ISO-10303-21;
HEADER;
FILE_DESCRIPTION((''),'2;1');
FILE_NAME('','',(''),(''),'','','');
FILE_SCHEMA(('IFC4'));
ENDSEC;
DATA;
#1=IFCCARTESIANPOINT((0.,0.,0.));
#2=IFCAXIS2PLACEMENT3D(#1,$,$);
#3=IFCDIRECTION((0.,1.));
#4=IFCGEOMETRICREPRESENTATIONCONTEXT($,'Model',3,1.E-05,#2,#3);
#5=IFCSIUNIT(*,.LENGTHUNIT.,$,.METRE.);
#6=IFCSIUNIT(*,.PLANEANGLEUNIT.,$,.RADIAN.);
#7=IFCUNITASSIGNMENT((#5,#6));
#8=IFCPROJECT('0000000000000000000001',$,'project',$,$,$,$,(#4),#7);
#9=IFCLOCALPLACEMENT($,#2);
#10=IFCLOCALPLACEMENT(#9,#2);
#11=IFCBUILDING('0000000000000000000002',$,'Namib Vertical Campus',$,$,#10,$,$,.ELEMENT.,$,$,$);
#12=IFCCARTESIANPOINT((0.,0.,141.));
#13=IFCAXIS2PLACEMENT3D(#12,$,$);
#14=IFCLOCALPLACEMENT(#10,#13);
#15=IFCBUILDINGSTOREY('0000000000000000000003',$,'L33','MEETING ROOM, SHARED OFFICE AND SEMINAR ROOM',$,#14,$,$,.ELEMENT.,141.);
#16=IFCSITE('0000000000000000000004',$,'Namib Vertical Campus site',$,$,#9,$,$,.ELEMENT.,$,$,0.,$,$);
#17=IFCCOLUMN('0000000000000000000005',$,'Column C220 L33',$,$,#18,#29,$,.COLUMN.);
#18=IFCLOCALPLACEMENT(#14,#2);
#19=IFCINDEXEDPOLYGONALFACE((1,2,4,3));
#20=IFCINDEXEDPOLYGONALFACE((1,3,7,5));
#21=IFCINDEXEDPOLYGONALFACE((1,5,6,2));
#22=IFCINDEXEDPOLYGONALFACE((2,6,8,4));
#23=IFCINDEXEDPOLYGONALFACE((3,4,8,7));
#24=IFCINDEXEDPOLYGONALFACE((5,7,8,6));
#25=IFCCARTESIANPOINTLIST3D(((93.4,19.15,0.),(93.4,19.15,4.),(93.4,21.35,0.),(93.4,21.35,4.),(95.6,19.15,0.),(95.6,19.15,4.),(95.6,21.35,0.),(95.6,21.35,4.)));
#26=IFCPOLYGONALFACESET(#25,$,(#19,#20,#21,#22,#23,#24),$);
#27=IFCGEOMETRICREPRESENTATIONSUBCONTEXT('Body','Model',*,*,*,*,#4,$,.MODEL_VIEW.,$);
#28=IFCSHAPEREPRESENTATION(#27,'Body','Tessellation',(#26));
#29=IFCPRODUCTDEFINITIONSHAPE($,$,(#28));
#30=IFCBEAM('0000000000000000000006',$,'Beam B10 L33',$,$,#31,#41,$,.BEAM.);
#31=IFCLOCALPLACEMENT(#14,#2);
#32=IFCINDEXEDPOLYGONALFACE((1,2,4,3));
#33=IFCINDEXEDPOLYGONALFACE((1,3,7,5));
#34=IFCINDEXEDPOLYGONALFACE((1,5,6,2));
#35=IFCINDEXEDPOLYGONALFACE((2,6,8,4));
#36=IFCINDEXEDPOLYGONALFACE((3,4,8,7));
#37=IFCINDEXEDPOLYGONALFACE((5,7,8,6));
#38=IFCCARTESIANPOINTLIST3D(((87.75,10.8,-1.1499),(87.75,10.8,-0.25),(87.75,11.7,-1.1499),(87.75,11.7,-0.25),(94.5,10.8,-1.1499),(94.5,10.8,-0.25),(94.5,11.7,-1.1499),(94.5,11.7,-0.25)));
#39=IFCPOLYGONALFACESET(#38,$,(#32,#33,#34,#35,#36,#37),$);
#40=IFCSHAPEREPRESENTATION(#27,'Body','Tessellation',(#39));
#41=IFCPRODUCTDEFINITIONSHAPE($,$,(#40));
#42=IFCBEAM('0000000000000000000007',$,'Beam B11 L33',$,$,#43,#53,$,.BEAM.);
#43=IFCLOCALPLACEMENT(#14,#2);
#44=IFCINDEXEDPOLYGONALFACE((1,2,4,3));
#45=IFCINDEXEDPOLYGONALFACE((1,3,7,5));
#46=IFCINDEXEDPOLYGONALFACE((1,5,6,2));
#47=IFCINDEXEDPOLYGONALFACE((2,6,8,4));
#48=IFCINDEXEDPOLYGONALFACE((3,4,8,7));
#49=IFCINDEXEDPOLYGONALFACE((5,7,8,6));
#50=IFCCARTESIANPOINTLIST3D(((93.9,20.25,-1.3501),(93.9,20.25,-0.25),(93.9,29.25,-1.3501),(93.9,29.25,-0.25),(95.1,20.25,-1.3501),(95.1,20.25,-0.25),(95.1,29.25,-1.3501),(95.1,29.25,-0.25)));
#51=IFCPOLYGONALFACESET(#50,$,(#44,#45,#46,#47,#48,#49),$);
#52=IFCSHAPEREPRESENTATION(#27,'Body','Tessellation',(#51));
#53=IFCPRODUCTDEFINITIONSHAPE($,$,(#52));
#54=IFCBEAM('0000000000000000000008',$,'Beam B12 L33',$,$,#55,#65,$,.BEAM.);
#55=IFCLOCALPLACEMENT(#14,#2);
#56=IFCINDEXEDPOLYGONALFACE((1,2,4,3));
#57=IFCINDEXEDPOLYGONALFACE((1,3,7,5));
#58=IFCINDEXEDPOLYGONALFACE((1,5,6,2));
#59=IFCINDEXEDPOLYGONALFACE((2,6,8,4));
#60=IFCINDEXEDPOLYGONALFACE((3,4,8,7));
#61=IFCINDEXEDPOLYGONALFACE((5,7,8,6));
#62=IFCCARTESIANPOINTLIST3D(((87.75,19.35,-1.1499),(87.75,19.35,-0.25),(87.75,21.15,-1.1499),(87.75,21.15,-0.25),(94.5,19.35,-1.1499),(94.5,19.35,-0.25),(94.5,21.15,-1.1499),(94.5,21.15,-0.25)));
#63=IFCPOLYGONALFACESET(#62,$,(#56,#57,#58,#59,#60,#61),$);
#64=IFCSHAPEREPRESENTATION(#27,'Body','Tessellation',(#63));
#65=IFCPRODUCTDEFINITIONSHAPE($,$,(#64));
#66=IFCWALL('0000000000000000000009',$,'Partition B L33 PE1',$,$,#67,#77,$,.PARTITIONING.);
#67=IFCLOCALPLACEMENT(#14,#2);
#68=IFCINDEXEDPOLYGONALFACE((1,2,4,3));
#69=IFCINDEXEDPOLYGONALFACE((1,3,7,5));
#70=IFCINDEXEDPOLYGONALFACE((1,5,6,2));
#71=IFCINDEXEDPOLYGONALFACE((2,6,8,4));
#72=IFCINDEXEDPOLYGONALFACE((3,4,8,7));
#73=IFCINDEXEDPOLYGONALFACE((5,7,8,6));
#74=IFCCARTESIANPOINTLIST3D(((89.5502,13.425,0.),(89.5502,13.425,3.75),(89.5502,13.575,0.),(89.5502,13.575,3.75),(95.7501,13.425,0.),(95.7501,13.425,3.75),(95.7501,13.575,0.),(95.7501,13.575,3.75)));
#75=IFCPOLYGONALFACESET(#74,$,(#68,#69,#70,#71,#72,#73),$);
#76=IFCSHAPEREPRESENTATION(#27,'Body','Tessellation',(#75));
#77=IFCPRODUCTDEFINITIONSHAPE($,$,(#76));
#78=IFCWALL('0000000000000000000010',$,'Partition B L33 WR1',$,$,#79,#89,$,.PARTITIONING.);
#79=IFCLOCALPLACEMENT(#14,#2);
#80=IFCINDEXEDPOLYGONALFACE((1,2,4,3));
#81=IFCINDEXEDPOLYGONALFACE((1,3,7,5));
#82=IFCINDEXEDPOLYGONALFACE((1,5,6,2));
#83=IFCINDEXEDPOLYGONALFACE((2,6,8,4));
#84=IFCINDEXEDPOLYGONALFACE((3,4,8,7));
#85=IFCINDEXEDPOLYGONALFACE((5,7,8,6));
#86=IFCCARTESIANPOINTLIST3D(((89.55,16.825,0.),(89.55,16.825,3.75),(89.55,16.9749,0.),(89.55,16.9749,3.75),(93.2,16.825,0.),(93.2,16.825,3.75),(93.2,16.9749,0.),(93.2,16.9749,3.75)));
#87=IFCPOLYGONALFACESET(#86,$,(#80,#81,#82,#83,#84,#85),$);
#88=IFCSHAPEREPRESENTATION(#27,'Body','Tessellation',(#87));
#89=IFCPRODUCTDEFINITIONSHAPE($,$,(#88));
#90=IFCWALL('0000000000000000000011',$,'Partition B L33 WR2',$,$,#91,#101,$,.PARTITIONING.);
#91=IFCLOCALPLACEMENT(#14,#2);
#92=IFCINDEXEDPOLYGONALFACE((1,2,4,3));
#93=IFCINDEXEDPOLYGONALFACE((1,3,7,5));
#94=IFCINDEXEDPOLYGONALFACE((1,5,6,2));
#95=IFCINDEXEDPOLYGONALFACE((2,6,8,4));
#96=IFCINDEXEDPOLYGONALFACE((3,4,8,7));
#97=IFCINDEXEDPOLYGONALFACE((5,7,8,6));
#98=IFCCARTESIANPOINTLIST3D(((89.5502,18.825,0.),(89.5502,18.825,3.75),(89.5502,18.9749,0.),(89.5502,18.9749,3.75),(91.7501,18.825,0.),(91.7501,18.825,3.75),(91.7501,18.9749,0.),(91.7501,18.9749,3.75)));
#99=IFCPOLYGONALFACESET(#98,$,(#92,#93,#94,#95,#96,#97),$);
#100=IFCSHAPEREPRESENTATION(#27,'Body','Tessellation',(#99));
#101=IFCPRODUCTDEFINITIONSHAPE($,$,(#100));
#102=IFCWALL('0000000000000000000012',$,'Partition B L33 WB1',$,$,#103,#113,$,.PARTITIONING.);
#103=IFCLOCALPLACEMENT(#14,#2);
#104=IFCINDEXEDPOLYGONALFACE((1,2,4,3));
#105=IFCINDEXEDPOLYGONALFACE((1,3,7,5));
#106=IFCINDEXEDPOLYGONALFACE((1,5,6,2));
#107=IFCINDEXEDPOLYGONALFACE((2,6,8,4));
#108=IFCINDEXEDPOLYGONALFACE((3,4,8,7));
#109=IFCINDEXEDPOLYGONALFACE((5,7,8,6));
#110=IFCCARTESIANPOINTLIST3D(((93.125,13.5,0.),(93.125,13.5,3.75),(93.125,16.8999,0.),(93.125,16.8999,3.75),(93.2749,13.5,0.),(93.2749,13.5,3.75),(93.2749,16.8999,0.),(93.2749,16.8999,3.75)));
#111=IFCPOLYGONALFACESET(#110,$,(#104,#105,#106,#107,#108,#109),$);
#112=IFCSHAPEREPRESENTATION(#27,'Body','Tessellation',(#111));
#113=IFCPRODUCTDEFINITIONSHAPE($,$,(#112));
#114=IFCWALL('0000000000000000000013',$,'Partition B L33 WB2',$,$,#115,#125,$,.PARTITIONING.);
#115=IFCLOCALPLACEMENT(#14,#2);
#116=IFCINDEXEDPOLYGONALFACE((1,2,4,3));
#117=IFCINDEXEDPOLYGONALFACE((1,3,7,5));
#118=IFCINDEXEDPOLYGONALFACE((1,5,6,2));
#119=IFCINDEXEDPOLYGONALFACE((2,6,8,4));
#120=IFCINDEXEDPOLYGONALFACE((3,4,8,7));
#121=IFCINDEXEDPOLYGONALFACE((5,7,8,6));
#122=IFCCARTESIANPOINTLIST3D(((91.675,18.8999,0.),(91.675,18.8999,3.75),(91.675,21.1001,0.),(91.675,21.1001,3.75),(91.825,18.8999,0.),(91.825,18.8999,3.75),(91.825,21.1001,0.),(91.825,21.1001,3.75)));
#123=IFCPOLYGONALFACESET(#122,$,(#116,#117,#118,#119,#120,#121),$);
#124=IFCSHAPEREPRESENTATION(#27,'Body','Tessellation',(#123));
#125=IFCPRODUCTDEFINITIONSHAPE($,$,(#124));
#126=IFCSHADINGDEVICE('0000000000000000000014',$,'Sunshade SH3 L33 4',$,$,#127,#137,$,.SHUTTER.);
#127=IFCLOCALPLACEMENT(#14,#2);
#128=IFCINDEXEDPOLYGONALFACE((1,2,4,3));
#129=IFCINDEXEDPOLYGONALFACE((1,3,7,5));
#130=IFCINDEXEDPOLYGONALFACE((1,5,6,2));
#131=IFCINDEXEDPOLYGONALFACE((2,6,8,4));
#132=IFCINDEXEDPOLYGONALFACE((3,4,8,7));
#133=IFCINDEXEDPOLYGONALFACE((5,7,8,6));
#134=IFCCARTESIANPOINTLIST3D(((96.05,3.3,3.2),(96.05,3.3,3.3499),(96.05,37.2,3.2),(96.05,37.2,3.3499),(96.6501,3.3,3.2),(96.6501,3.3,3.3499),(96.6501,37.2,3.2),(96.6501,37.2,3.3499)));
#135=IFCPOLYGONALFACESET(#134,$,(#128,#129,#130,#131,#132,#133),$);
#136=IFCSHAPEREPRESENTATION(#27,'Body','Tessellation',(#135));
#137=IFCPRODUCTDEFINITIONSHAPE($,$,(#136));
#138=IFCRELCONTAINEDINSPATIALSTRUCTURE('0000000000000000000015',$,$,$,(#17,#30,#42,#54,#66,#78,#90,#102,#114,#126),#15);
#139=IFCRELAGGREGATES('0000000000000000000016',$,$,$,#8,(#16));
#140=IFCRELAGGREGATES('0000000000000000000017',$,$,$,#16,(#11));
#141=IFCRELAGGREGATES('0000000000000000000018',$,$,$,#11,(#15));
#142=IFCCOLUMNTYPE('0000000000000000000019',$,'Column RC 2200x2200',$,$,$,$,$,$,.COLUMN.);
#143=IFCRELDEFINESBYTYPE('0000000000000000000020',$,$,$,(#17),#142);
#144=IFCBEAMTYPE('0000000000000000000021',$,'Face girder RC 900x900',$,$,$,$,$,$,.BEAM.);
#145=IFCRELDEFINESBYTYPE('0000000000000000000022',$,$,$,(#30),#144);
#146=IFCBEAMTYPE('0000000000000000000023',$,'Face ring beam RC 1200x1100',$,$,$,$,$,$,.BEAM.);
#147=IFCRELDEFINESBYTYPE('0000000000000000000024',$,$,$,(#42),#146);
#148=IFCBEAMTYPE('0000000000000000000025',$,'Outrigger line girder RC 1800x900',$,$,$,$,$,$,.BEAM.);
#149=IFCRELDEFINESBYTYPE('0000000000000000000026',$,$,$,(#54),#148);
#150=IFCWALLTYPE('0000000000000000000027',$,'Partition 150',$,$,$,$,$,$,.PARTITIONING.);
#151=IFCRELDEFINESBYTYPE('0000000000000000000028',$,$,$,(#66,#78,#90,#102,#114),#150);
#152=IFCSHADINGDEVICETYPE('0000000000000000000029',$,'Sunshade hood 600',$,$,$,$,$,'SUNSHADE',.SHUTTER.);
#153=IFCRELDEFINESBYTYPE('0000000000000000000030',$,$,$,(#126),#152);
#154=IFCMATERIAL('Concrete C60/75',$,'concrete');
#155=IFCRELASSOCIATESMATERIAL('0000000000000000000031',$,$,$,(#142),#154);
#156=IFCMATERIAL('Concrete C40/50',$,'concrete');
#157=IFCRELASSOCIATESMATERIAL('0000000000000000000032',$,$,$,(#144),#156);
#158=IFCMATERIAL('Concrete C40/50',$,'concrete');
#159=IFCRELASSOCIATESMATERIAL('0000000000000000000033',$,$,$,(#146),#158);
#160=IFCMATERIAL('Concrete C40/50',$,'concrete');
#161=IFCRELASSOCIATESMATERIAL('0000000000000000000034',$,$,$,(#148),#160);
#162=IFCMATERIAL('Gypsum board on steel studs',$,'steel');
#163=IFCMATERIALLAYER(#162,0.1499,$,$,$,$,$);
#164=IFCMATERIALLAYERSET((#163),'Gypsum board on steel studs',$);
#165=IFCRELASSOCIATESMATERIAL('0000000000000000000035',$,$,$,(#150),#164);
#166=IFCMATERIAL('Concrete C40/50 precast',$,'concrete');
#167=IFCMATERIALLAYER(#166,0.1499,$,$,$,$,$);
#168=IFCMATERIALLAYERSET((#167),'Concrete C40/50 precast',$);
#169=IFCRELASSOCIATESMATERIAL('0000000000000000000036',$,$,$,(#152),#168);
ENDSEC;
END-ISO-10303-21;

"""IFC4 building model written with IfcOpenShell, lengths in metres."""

from ifc_helpers import new_model, si_unit, direction, frame, frame_2d, origin, origin_2d, place, context, subcontext, project, spatial, rectangle, extrude, material, layer, layer_set, material_profile, profile_set, type_object, element, save


model = new_model("IFC4")

# Units and contexts
model_context = context("Model", 3, precision=1e-05, world=origin(), true_north=direction((0.0, 1.0)))
body_context = subcontext(model_context, "Body", "Model", "MODEL_VIEW")
ifc_project = project(units=[si_unit("LENGTHUNIT", "METRE"), si_unit("PLANEANGLEUNIT", "RADIAN")], contexts=[model_context])

# Site, building, storey
site_placement = place(None, origin())
site = spatial("IfcSite", under=ifc_project, at=site_placement, Name="Namib Vertical Campus site", CompositionType="ELEMENT", RefElevation=0.0)
building_placement = place(site_placement, origin())
building = spatial("IfcBuilding", under=site, at=building_placement, Name="Namib Vertical Campus", CompositionType="ELEMENT")
storey_placement = place(building_placement, frame((0.0, 0.0, 141.0)))
storey = spatial("IfcBuildingStorey", under=building, at=storey_placement, Name="L33", Description="MEETING ROOM, SHARED OFFICE AND SEMINAR ROOM", CompositionType="ELEMENT", Elevation=141.0)

# Column
ifc_material_1 = material(Name="Concrete C60/75", Category="concrete")
ifc_material_profile_1 = material_profile(ifc_material_1, rectangle(XDim=2.2, YDim=2.2, at=origin_2d()))
ifc_profile_set_1 = profile_set([ifc_material_profile_1], Name="Concrete C60/75")
column_type = type_object("IfcColumnType", Name="Column RC 2200x2200", PredefinedType="COLUMN", material=ifc_profile_set_1)
column_placement = place(storey_placement, frame((94.5, 20.25, 0.0), z_axis=(0.0, 0.0, 1.0), x_axis=(1.0, 0.0, 0.0)))
element("IfcColumn", 1, at=column_placement, inside=storey, type_object=column_type, Name="Column C220 L33", PredefinedType="COLUMN", context=body_context, shape_type="SweptSolid", body=[
    extrude(rectangle(XDim=2.2, YDim=2.2, at=origin_2d()), origin(), (0.0, 0.0, 1.0), 4.0),
])

# Beams
ifc_material_2 = material(Name="Concrete C40/50", Category="concrete")
ifc_material_profile_2 = material_profile(ifc_material_2, rectangle(XDim=0.8999, YDim=0.8999, at=origin_2d()))
ifc_profile_set_2 = profile_set([ifc_material_profile_2], Name="Concrete C40/50")
beam_type_1 = type_object("IfcBeamType", Name="Face girder RC 900x900", PredefinedType="BEAM", material=ifc_profile_set_2)
beam_1_placement = place(storey_placement, frame((94.5, 11.25, -0.7), z_axis=(-1.0, 0.0, 0.0), x_axis=(0.0, -1.0, 0.0)))
element("IfcBeam", 2, at=beam_1_placement, inside=storey, type_object=beam_type_1, Name="Beam B10 L33", PredefinedType="BEAM", context=body_context, shape_type="SweptSolid", body=[
    extrude(rectangle(XDim=0.8999, YDim=0.8999, at=origin_2d()), origin(), (0.0, 0.0, 1.0), 6.75),
])
ifc_material_3 = material(Name="Concrete C40/50", Category="concrete")
ifc_material_profile_3 = material_profile(ifc_material_3, rectangle(XDim=1.2, YDim=1.1001, at=origin_2d()))
ifc_profile_set_3 = profile_set([ifc_material_profile_3], Name="Concrete C40/50")
beam_type_2 = type_object("IfcBeamType", Name="Face ring beam RC 1200x1100", PredefinedType="BEAM", material=ifc_profile_set_3)
beam_2_placement = place(storey_placement, frame((94.5, 20.25, -0.8), z_axis=(0.0, 1.0, 0.0), x_axis=(-1.0, 0.0, 0.0)))
element("IfcBeam", 3, at=beam_2_placement, inside=storey, type_object=beam_type_2, Name="Beam B11 L33", PredefinedType="BEAM", context=body_context, shape_type="SweptSolid", body=[
    extrude(rectangle(XDim=1.2, YDim=1.1001, at=origin_2d()), origin(), (0.0, 0.0, 1.0), 9.0),
])
ifc_material_4 = material(Name="Concrete C40/50", Category="concrete")
ifc_material_profile_4 = material_profile(ifc_material_4, rectangle(XDim=1.8, YDim=0.8999, at=origin_2d()))
ifc_profile_set_4 = profile_set([ifc_material_profile_4], Name="Concrete C40/50")
beam_type_3 = type_object("IfcBeamType", Name="Outrigger line girder RC 1800x900", PredefinedType="BEAM", material=ifc_profile_set_4)
beam_3_placement = place(storey_placement, frame((94.5, 20.25, -0.7), z_axis=(-1.0, 0.0, 0.0), x_axis=(0.0, -1.0, 0.0)))
element("IfcBeam", 4, at=beam_3_placement, inside=storey, type_object=beam_type_3, Name="Beam B12 L33", PredefinedType="BEAM", context=body_context, shape_type="SweptSolid", body=[
    extrude(rectangle(XDim=1.8, YDim=0.8999, at=origin_2d()), origin(), (0.0, 0.0, 1.0), 6.75),
])

# Walls
ifc_material_5 = material(Name="Gypsum board on steel studs", Category="steel")
ifc_layer_1 = layer(ifc_material_5, 0.1499)
ifc_layer_set_1 = layer_set([ifc_layer_1], Name="Gypsum board on steel studs")
wall_type = type_object("IfcWallType", Name="Partition 150", PredefinedType="PARTITIONING", material=ifc_layer_set_1)
wall_1_placement = place(storey_placement, frame((89.55, 13.5, 0.0), z_axis=(0.0, 0.0, 1.0), x_axis=(1.0, 0.0, 0.0)))
element("IfcWall", 5, at=wall_1_placement, inside=storey, type_object=wall_type, Name="Partition B L33 PE1", PredefinedType="PARTITIONING", context=body_context, shape_type="SweptSolid", body=[
    extrude(rectangle(XDim=6.2, YDim=0.1499, at=frame_2d((3.1001, 0.0))), origin(), (0.0, 0.0, 1.0), 3.75),
])
wall_2_placement = place(storey_placement, frame((89.55, 16.8999, 0.0), z_axis=(0.0, 0.0, 1.0), x_axis=(1.0, 0.0, 0.0)))
element("IfcWall", 6, at=wall_2_placement, inside=storey, type_object=wall_type, Name="Partition B L33 WR1", PredefinedType="PARTITIONING", context=body_context, shape_type="SweptSolid", body=[
    extrude(rectangle(XDim=3.6499, YDim=0.1499, at=frame_2d((1.825, 0.0))), origin(), (0.0, 0.0, 1.0), 3.75),
])
wall_3_placement = place(storey_placement, frame((89.55, 18.8999, 0.0), z_axis=(0.0, 0.0, 1.0), x_axis=(1.0, 0.0, 0.0)))
element("IfcWall", 7, at=wall_3_placement, inside=storey, type_object=wall_type, Name="Partition B L33 WR2", PredefinedType="PARTITIONING", context=body_context, shape_type="SweptSolid", body=[
    extrude(rectangle(XDim=2.2, YDim=0.1499, at=frame_2d((1.1001, 0.0))), origin(), (0.0, 0.0, 1.0), 3.75),
])
wall_4_placement = place(storey_placement, frame((93.2, 13.5, 0.0), z_axis=(0.0, 0.0, 1.0), x_axis=(0.0, 1.0, 0.0)))
element("IfcWall", 8, at=wall_4_placement, inside=storey, type_object=wall_type, Name="Partition B L33 WB1", PredefinedType="PARTITIONING", context=body_context, shape_type="SweptSolid", body=[
    extrude(rectangle(XDim=3.3999, YDim=0.1499, at=frame_2d((1.7, 0.0))), origin(), (0.0, 0.0, 1.0), 3.75),
])
wall_5_placement = place(storey_placement, frame((91.75, 18.8999, 0.0), z_axis=(0.0, 0.0, 1.0), x_axis=(0.0, 1.0, 0.0)))
element("IfcWall", 9, at=wall_5_placement, inside=storey, type_object=wall_type, Name="Partition B L33 WB2", PredefinedType="PARTITIONING", context=body_context, shape_type="SweptSolid", body=[
    extrude(rectangle(XDim=2.2002, YDim=0.1499, at=frame_2d((1.1001, 0.0))), origin(), (0.0, 0.0, 1.0), 3.75),
])

# Shading device
ifc_material_6 = material(Name="Concrete C40/50 precast", Category="concrete")
ifc_layer_2 = layer(ifc_material_6, 0.1499)
ifc_layer_set_2 = layer_set([ifc_layer_2], Name="Concrete C40/50 precast")
shading_device_type = type_object("IfcShadingDeviceType", Name="Sunshade hood 600", ElementType="SUNSHADE", PredefinedType="SHUTTER", material=ifc_layer_set_2)
shading_device_placement = place(storey_placement, frame((96.3501, 20.25, 3.2), z_axis=(0.0, 0.0, 1.0), x_axis=(0.0, 1.0, 0.0)))
element("IfcShadingDevice", 10, at=shading_device_placement, inside=storey, type_object=shading_device_type, Name="Sunshade SH3 L33 4", PredefinedType="SHUTTER", context=body_context, shape_type="SweptSolid", body=[
    extrude(rectangle(XDim=33.8999, YDim=0.6001, at=origin_2d()), origin(), (0.0, 0.0, 1.0), 0.1499),
])

save(model, "model.ifc")
